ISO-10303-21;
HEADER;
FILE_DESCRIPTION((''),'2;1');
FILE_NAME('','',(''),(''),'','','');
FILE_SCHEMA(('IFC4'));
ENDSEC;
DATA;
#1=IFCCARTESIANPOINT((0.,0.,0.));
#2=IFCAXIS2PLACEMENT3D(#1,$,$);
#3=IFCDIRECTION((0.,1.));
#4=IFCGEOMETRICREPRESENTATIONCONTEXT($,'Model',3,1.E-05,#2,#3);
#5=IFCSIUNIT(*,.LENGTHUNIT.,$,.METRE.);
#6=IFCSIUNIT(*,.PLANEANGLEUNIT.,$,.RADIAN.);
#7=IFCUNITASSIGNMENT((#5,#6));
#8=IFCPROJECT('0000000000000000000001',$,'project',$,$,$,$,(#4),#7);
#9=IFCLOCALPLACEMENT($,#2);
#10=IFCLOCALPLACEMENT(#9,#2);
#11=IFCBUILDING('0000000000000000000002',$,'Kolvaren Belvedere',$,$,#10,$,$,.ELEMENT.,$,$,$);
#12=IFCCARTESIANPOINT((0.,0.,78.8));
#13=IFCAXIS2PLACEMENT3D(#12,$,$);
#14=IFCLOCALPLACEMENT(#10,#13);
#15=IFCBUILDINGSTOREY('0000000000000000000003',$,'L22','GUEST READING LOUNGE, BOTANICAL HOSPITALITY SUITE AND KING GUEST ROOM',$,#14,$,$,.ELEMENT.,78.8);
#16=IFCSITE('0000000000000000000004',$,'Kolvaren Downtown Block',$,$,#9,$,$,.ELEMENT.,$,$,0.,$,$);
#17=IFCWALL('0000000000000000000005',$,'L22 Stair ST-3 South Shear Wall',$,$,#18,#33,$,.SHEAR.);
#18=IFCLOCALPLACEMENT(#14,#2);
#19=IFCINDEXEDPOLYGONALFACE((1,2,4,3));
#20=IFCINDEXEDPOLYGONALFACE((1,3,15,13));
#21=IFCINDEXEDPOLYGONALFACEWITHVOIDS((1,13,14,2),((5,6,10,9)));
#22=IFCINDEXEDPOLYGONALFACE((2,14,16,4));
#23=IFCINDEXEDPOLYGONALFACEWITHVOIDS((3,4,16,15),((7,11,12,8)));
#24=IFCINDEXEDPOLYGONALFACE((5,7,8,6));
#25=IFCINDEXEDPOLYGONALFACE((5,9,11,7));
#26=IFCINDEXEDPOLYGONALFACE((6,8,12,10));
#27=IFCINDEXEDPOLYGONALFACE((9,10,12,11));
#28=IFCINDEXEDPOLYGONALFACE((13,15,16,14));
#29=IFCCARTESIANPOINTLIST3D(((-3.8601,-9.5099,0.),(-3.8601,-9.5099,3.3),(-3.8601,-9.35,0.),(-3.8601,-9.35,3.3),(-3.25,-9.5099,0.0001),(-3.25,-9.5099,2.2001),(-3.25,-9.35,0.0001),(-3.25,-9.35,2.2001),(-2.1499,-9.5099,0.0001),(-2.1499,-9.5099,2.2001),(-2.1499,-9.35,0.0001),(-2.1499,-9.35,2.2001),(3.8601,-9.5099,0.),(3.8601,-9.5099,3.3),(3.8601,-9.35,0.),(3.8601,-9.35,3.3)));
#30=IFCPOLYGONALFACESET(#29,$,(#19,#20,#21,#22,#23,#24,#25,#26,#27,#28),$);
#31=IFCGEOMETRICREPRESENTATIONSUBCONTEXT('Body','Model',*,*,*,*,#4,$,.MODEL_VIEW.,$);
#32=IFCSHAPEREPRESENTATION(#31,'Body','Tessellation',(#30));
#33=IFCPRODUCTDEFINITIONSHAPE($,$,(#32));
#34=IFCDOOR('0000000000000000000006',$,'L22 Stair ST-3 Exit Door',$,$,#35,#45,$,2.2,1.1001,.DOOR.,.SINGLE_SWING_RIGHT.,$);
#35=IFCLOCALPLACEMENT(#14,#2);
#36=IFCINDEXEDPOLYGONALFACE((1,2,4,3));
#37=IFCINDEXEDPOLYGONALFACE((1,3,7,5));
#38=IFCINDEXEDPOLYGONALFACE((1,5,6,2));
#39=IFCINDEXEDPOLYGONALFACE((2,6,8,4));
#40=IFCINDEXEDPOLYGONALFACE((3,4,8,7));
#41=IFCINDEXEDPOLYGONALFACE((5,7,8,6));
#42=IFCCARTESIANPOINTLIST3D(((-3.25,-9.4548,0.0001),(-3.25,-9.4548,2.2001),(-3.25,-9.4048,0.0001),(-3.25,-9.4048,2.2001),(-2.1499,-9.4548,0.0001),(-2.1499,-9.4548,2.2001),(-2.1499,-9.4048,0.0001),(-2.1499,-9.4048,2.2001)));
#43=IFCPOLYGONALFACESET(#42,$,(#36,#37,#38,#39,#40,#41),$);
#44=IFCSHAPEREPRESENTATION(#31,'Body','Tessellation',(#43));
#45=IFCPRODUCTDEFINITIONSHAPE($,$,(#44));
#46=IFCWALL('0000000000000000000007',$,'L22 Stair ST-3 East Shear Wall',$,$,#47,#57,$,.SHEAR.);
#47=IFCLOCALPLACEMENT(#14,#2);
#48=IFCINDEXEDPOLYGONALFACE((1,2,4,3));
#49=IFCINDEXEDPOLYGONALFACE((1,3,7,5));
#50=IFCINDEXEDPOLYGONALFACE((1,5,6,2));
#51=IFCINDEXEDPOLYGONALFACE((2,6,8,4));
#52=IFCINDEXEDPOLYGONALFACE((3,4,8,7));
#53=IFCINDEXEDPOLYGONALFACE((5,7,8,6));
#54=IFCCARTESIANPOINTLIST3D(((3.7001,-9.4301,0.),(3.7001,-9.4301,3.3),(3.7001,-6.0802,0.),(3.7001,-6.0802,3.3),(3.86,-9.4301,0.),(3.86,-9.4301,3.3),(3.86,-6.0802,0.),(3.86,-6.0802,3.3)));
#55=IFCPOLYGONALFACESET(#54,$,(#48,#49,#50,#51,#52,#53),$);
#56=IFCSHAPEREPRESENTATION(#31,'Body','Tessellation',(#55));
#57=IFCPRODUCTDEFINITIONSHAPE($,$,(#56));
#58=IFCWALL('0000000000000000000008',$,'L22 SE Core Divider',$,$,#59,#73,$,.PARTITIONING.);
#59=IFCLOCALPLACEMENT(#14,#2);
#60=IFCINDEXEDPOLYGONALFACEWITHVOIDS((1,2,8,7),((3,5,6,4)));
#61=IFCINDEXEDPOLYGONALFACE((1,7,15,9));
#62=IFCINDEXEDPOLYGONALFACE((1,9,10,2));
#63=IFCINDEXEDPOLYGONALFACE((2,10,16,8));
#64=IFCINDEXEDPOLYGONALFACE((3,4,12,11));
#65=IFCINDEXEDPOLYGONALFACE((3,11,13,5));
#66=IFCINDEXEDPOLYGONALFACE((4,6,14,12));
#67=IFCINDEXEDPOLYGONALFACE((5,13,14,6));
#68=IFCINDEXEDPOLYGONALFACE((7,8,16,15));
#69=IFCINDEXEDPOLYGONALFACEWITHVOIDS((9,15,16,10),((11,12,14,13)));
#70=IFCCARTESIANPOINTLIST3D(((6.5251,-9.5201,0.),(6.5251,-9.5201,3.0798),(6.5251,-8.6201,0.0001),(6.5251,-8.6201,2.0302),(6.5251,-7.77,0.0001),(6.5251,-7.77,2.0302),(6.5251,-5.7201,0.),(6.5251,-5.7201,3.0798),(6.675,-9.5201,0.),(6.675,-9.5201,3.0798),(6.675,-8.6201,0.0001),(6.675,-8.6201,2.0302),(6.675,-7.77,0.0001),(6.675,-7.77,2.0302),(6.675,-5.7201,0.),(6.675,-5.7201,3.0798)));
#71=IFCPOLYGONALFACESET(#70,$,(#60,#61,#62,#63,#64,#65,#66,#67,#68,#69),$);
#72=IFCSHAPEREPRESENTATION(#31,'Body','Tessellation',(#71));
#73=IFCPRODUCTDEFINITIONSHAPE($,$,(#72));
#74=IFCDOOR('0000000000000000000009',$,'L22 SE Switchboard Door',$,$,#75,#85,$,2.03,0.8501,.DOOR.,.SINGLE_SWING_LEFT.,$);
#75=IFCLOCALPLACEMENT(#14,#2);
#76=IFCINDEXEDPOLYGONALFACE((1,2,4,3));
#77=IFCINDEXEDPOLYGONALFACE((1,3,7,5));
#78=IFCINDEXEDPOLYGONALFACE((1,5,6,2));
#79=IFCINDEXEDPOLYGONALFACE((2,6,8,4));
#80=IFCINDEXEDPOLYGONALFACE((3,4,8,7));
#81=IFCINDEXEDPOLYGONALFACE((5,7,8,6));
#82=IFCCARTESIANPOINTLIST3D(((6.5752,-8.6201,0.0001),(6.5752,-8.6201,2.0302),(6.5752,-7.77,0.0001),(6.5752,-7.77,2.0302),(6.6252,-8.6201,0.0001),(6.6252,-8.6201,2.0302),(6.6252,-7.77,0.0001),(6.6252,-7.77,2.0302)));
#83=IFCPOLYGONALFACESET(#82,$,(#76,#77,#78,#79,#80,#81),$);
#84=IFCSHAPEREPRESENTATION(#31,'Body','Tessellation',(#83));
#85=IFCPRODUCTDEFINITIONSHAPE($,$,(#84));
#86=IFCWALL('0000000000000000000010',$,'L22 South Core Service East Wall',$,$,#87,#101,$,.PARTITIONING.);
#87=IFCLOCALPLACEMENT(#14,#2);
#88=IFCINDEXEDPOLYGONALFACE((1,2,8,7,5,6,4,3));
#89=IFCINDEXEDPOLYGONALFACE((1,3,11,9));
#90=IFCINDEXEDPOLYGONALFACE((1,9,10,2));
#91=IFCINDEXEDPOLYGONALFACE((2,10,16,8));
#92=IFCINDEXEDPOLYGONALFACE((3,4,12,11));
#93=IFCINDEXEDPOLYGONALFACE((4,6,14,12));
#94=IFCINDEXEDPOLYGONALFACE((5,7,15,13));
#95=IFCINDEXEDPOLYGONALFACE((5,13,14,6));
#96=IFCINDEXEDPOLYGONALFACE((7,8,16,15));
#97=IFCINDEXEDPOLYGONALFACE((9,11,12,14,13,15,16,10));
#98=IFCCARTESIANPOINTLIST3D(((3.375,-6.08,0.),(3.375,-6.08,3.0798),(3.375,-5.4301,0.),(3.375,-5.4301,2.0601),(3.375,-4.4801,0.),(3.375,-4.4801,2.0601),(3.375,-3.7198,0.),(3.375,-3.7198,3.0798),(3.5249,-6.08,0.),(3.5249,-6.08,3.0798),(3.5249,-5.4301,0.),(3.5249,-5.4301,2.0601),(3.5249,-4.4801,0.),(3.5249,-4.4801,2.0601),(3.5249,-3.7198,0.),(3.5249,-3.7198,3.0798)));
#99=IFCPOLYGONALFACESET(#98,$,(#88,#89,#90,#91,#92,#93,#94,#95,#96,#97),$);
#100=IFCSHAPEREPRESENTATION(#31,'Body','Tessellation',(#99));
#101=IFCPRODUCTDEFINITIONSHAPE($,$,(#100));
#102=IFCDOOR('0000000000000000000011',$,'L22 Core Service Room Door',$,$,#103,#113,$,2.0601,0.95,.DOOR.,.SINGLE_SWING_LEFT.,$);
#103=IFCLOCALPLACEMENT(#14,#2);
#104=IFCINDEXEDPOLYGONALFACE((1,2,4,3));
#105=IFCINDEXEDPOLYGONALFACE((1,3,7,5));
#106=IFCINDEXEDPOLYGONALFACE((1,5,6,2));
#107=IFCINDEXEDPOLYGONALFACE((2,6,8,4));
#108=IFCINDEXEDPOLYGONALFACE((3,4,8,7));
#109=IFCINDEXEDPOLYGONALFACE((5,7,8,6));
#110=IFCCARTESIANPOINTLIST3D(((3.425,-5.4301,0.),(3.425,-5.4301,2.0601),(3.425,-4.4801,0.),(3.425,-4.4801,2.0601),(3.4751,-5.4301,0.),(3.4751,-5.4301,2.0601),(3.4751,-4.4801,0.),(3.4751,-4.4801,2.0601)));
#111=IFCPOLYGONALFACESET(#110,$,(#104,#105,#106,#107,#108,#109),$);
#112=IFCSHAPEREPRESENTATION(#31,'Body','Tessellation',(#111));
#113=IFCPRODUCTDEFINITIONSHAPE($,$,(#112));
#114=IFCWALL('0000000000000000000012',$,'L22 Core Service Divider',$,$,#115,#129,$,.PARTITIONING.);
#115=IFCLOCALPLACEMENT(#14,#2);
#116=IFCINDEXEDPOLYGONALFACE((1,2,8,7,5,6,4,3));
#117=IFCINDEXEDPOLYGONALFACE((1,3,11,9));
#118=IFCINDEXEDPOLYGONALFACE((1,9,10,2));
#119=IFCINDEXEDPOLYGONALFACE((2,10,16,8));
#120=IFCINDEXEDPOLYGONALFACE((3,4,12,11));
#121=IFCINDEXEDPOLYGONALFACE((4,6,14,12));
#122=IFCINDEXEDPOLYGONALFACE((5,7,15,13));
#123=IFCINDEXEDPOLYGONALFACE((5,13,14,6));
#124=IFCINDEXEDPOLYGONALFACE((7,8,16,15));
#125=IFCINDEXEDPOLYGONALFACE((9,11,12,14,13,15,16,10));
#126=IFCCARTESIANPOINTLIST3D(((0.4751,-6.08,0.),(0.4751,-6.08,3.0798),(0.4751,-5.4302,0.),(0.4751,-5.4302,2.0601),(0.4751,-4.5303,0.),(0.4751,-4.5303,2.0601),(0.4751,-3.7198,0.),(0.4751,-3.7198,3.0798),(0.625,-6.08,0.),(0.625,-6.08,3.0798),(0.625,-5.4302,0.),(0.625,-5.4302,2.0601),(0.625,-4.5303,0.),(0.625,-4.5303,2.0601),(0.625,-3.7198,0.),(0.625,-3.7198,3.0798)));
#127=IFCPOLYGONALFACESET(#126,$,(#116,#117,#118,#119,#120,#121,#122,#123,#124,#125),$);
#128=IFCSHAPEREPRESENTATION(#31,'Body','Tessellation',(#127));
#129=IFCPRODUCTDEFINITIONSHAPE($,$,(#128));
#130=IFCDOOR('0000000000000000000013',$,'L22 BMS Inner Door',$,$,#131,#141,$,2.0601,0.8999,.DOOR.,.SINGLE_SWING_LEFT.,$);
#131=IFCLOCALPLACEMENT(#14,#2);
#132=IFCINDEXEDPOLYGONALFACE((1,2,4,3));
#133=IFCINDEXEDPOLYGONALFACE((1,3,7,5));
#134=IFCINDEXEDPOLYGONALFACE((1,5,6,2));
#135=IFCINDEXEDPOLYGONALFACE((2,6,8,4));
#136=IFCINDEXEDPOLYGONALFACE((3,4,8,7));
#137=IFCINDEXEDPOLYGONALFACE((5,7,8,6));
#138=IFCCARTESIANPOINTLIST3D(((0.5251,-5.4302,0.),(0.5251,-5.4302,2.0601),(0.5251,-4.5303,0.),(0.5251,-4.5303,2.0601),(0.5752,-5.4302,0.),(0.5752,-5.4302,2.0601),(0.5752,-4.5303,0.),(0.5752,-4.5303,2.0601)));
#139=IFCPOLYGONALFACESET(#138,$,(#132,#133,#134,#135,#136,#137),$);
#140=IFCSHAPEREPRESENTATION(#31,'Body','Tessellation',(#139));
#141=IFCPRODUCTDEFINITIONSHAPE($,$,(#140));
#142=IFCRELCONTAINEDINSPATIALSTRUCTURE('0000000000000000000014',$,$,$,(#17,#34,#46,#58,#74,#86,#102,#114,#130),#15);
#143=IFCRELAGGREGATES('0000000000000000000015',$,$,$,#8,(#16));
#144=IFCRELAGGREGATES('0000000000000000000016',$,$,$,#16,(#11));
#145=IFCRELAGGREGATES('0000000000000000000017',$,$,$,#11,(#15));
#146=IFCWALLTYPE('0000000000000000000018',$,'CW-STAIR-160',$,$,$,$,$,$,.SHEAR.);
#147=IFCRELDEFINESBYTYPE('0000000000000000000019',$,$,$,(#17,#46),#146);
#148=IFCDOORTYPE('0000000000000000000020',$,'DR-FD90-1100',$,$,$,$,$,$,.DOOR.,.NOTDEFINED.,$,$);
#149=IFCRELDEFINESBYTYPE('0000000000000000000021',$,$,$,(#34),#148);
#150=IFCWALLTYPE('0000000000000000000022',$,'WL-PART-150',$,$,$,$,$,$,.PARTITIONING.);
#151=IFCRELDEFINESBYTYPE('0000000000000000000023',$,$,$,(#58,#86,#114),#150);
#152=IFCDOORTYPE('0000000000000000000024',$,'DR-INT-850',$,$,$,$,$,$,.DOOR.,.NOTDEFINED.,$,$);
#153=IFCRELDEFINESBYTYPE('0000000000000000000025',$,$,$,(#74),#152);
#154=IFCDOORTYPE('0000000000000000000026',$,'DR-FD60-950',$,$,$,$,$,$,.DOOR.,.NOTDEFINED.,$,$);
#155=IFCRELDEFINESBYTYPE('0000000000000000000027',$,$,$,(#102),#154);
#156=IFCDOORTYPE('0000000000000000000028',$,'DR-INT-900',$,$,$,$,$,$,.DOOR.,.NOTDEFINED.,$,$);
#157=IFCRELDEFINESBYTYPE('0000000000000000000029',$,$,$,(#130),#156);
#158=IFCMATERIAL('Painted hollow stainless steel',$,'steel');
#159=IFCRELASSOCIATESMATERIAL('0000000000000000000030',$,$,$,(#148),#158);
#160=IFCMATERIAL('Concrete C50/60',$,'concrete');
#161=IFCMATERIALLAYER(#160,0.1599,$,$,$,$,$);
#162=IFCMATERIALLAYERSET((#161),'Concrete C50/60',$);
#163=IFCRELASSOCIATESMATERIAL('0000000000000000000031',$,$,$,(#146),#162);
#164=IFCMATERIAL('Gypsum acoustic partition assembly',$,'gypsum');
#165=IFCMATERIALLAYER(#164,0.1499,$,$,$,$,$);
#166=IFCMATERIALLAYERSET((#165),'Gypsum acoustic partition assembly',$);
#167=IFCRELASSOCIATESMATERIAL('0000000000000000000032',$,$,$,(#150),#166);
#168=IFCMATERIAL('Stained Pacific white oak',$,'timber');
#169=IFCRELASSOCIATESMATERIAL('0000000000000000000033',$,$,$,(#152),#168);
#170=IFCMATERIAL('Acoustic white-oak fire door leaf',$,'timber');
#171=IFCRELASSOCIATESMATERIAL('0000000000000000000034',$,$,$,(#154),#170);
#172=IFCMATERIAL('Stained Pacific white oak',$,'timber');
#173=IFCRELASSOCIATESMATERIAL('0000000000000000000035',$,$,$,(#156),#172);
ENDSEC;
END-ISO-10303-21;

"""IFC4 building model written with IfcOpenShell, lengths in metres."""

from ifc_helpers import new_model, si_unit, direction, frame, frame_2d, origin, place, context, subcontext, project, spatial, rectangle, extrude, material, layer, layer_set, type_object, element, fill, save


model = new_model("IFC4")

# Units and contexts
model_context = context("Model", 3, precision=1e-05, world=origin(), true_north=direction((0.0, 1.0)))
body_context = subcontext(model_context, "Body", "Model", "MODEL_VIEW")
ifc_project = project(units=[si_unit("LENGTHUNIT", "METRE"), si_unit("PLANEANGLEUNIT", "RADIAN")], contexts=[model_context])

# Site, building, storey
site_placement = place(None, origin())
site = spatial("IfcSite", under=ifc_project, at=site_placement, Name="Kolvaren Downtown Block", CompositionType="ELEMENT", RefElevation=0.0)
building_placement = place(site_placement, origin())
building = spatial("IfcBuilding", under=site, at=building_placement, Name="Kolvaren Belvedere", CompositionType="ELEMENT")
storey_placement = place(building_placement, frame((0.0, 0.0, 78.8)))
storey = spatial("IfcBuildingStorey", under=building, at=storey_placement, Name="L22", Description="GUEST READING LOUNGE, BOTANICAL HOSPITALITY SUITE AND KING GUEST ROOM", CompositionType="ELEMENT", Elevation=78.8)

# Wall, opening, door
ifc_material_1 = material(Name="Painted hollow stainless steel", Category="steel")
door_type_1 = type_object("IfcDoorType", Name="DR-FD90-1100", OperationType="NOTDEFINED", PredefinedType="DOOR", material=ifc_material_1)
ifc_material_2 = material(Name="Concrete C50/60", Category="concrete")
ifc_layer_1 = layer(ifc_material_2, 0.1599)
ifc_layer_set_1 = layer_set([ifc_layer_1], Name="Concrete C50/60")
wall_type_1 = type_object("IfcWallType", Name="CW-STAIR-160", PredefinedType="SHEAR", material=ifc_layer_set_1)
wall_1_placement = place(storey_placement, frame((3.8601, -9.4299, 0.0), z_axis=(0.0, 0.0, 1.0), x_axis=(-1.0, 0.0, 0.0)))
wall_1 = element("IfcWall", 1, at=wall_1_placement, inside=storey, type_object=wall_type_1, Name="L22 Stair ST-3 South Shear Wall", PredefinedType="SHEAR", context=body_context, shape_type="SweptSolid", body=[
    extrude(rectangle(XDim=7.7202, YDim=0.1599, at=frame_2d((3.8601, 0.0))), origin(), (0.0, 0.0, 1.0), 3.3),
])
opening_1_placement = place(wall_1_placement, frame((6.01, 0.0, 0.0)))
opening_1 = element("IfcOpeningElement", 2, at=opening_1_placement, cuts=wall_1, PredefinedType="OPENING", context=body_context, shape_type="SweptSolid", body=[
    extrude(rectangle(XDim=1.1001, YDim=2.2, at=frame_2d((0.55, 1.1001))), frame((0.0, 0.0898, 0.0), z_axis=(0.0, -1.0, 0.0), x_axis=(1.0, 0.0, 0.0)), (0.0, 0.0, 1.0), 0.1799),
])
door_1_placement = place(opening_1_placement, origin())
door_1 = element("IfcDoor", 3, at=door_1_placement, inside=storey, type_object=door_type_1, Name="L22 Stair ST-3 Exit Door", OperationType="SINGLE_SWING_RIGHT", OverallHeight=2.2, OverallWidth=1.1001, PredefinedType="DOOR", context=body_context, shape_type="SweptSolid", body=[
    extrude(rectangle(XDim=1.1001, YDim=2.2, at=frame_2d((0.55, 1.1001))), frame((0.0, 0.0249, 0.0), z_axis=(0.0, -1.0, 0.0), x_axis=(1.0, 0.0, 0.0)), (0.0, 0.0, 1.0), 0.05),
])
fill(opening_1, door_1)

# Wall
wall_2_placement = place(storey_placement, frame((3.78, -9.4299, 0.0), z_axis=(0.0, 0.0, 1.0), x_axis=(0.0, 1.0, 0.0)))
element("IfcWall", 4, at=wall_2_placement, inside=storey, type_object=wall_type_1, Name="L22 Stair ST-3 East Shear Wall", PredefinedType="SHEAR", context=body_context, shape_type="SweptSolid", body=[
    extrude(rectangle(XDim=3.3499, YDim=0.1599, at=frame_2d((1.6748, 0.0))), origin(), (0.0, 0.0, 1.0), 3.3),
])

# Walls, openings, doors
ifc_material_3 = material(Name="Gypsum acoustic partition assembly", Category="gypsum")
ifc_layer_2 = layer(ifc_material_3, 0.1499)
ifc_layer_set_2 = layer_set([ifc_layer_2], Name="Gypsum acoustic partition assembly")
wall_type_2 = type_object("IfcWallType", Name="WL-PART-150", PredefinedType="PARTITIONING", material=ifc_layer_set_2)
wall_3_placement = place(storey_placement, frame((6.6001, -9.52, 0.0), z_axis=(0.0, 0.0, 1.0), x_axis=(0.0, 1.0, 0.0)))
wall_3 = element("IfcWall", 5, at=wall_3_placement, inside=storey, type_object=wall_type_2, Name="L22 SE Core Divider", PredefinedType="PARTITIONING", context=body_context, shape_type="SweptSolid", body=[
    extrude(rectangle(XDim=3.8, YDim=0.1499, at=frame_2d((1.8999, 0.0))), origin(), (0.0, 0.0, 1.0), 3.0798),
])
opening_2_placement = place(wall_3_placement, frame((0.8999, 0.0, 0.0)))
opening_2 = element("IfcOpeningElement", 6, at=opening_2_placement, cuts=wall_3, PredefinedType="OPENING", context=body_context, shape_type="SweptSolid", body=[
    extrude(rectangle(XDim=0.8501, YDim=2.03, at=frame_2d((0.425, 1.0151))), frame((0.0, 0.085, 0.0), z_axis=(0.0, -1.0, 0.0), x_axis=(1.0, 0.0, 0.0)), (0.0, 0.0, 1.0), 0.1699),
])
ifc_material_4 = material(Name="Stained Pacific white oak", Category="timber")
door_type_2 = type_object("IfcDoorType", Name="DR-INT-850", OperationType="NOTDEFINED", PredefinedType="DOOR", material=ifc_material_4)
door_2_placement = place(opening_2_placement, origin())
door_2 = element("IfcDoor", 7, at=door_2_placement, inside=storey, type_object=door_type_2, Name="L22 SE Switchboard Door", OperationType="SINGLE_SWING_LEFT", OverallHeight=2.03, OverallWidth=0.8501, PredefinedType="DOOR", context=body_context, shape_type="SweptSolid", body=[
    extrude(rectangle(XDim=0.8501, YDim=2.03, at=frame_2d((0.425, 1.0151))), frame((0.0, 0.0249, 0.0), z_axis=(0.0, -1.0, 0.0), x_axis=(1.0, 0.0, 0.0)), (0.0, 0.0, 1.0), 0.05),
])
fill(opening_2, door_2)
wall_4_placement = place(storey_placement, frame((3.45, -6.0801, 0.0), z_axis=(0.0, 0.0, 1.0), x_axis=(0.0, 1.0, 0.0)))
wall_4 = element("IfcWall", 8, at=wall_4_placement, inside=storey, type_object=wall_type_2, Name="L22 South Core Service East Wall", PredefinedType="PARTITIONING", context=body_context, shape_type="SweptSolid", body=[
    extrude(rectangle(XDim=2.3601, YDim=0.1499, at=frame_2d((1.1802, 0.0))), origin(), (0.0, 0.0, 1.0), 3.0798),
])
opening_3_placement = place(wall_4_placement, frame((0.6499, 0.0, 0.0)))
opening_3 = element("IfcOpeningElement", 9, at=opening_3_placement, cuts=wall_4, PredefinedType="OPENING", context=body_context, shape_type="SweptSolid", body=[
    extrude(rectangle(XDim=0.95, YDim=2.0601, at=frame_2d((0.4751, 1.03))), frame((0.0, 0.085, 0.0), z_axis=(0.0, -1.0, 0.0), x_axis=(1.0, 0.0, 0.0)), (0.0, 0.0, 1.0), 0.1699),
])
ifc_material_5 = material(Name="Acoustic white-oak fire door leaf", Category="timber")
door_type_3 = type_object("IfcDoorType", Name="DR-FD60-950", OperationType="NOTDEFINED", PredefinedType="DOOR", material=ifc_material_5)
door_3_placement = place(opening_3_placement, origin())
door_3 = element("IfcDoor", 10, at=door_3_placement, inside=storey, type_object=door_type_3, Name="L22 Core Service Room Door", OperationType="SINGLE_SWING_LEFT", OverallHeight=2.0601, OverallWidth=0.95, PredefinedType="DOOR", context=body_context, shape_type="SweptSolid", body=[
    extrude(rectangle(XDim=0.95, YDim=2.0601, at=frame_2d((0.4751, 1.03))), frame((0.0, 0.0249, 0.0), z_axis=(0.0, -1.0, 0.0), x_axis=(1.0, 0.0, 0.0)), (0.0, 0.0, 1.0), 0.05),
])
fill(opening_3, door_3)
wall_5_placement = place(storey_placement, frame((0.55, -6.0801, 0.0), z_axis=(0.0, 0.0, 1.0), x_axis=(0.0, 1.0, 0.0)))
wall_5 = element("IfcWall", 11, at=wall_5_placement, inside=storey, type_object=wall_type_2, Name="L22 Core Service Divider", PredefinedType="PARTITIONING", context=body_context, shape_type="SweptSolid", body=[
    extrude(rectangle(XDim=2.3601, YDim=0.1499, at=frame_2d((1.1802, 0.0))), origin(), (0.0, 0.0, 1.0), 3.0798),
])
opening_4_placement = place(wall_5_placement, frame((0.6499, 0.0, 0.0)))
opening_4 = element("IfcOpeningElement", 12, at=opening_4_placement, cuts=wall_5, PredefinedType="OPENING", context=body_context, shape_type="SweptSolid", body=[
    extrude(rectangle(XDim=0.8999, YDim=2.0601, at=frame_2d((0.45, 1.03))), frame((0.0, 0.085, 0.0), z_axis=(0.0, -1.0, 0.0), x_axis=(1.0, 0.0, 0.0)), (0.0, 0.0, 1.0), 0.1699),
])
ifc_material_6 = material(Name="Stained Pacific white oak", Category="timber")
door_type_4 = type_object("IfcDoorType", Name="DR-INT-900", OperationType="NOTDEFINED", PredefinedType="DOOR", material=ifc_material_6)
door_4_placement = place(opening_4_placement, origin())
door_4 = element("IfcDoor", 13, at=door_4_placement, inside=storey, type_object=door_type_4, Name="L22 BMS Inner Door", OperationType="SINGLE_SWING_LEFT", OverallHeight=2.0601, OverallWidth=0.8999, PredefinedType="DOOR", context=body_context, shape_type="SweptSolid", body=[
    extrude(rectangle(XDim=0.8999, YDim=2.0601, at=frame_2d((0.45, 1.03))), frame((0.0, 0.0249, 0.0), z_axis=(0.0, -1.0, 0.0), x_axis=(1.0, 0.0, 0.0)), (0.0, 0.0, 1.0), 0.05),
])
fill(opening_4, door_4)

save(model, "model.ifc")
